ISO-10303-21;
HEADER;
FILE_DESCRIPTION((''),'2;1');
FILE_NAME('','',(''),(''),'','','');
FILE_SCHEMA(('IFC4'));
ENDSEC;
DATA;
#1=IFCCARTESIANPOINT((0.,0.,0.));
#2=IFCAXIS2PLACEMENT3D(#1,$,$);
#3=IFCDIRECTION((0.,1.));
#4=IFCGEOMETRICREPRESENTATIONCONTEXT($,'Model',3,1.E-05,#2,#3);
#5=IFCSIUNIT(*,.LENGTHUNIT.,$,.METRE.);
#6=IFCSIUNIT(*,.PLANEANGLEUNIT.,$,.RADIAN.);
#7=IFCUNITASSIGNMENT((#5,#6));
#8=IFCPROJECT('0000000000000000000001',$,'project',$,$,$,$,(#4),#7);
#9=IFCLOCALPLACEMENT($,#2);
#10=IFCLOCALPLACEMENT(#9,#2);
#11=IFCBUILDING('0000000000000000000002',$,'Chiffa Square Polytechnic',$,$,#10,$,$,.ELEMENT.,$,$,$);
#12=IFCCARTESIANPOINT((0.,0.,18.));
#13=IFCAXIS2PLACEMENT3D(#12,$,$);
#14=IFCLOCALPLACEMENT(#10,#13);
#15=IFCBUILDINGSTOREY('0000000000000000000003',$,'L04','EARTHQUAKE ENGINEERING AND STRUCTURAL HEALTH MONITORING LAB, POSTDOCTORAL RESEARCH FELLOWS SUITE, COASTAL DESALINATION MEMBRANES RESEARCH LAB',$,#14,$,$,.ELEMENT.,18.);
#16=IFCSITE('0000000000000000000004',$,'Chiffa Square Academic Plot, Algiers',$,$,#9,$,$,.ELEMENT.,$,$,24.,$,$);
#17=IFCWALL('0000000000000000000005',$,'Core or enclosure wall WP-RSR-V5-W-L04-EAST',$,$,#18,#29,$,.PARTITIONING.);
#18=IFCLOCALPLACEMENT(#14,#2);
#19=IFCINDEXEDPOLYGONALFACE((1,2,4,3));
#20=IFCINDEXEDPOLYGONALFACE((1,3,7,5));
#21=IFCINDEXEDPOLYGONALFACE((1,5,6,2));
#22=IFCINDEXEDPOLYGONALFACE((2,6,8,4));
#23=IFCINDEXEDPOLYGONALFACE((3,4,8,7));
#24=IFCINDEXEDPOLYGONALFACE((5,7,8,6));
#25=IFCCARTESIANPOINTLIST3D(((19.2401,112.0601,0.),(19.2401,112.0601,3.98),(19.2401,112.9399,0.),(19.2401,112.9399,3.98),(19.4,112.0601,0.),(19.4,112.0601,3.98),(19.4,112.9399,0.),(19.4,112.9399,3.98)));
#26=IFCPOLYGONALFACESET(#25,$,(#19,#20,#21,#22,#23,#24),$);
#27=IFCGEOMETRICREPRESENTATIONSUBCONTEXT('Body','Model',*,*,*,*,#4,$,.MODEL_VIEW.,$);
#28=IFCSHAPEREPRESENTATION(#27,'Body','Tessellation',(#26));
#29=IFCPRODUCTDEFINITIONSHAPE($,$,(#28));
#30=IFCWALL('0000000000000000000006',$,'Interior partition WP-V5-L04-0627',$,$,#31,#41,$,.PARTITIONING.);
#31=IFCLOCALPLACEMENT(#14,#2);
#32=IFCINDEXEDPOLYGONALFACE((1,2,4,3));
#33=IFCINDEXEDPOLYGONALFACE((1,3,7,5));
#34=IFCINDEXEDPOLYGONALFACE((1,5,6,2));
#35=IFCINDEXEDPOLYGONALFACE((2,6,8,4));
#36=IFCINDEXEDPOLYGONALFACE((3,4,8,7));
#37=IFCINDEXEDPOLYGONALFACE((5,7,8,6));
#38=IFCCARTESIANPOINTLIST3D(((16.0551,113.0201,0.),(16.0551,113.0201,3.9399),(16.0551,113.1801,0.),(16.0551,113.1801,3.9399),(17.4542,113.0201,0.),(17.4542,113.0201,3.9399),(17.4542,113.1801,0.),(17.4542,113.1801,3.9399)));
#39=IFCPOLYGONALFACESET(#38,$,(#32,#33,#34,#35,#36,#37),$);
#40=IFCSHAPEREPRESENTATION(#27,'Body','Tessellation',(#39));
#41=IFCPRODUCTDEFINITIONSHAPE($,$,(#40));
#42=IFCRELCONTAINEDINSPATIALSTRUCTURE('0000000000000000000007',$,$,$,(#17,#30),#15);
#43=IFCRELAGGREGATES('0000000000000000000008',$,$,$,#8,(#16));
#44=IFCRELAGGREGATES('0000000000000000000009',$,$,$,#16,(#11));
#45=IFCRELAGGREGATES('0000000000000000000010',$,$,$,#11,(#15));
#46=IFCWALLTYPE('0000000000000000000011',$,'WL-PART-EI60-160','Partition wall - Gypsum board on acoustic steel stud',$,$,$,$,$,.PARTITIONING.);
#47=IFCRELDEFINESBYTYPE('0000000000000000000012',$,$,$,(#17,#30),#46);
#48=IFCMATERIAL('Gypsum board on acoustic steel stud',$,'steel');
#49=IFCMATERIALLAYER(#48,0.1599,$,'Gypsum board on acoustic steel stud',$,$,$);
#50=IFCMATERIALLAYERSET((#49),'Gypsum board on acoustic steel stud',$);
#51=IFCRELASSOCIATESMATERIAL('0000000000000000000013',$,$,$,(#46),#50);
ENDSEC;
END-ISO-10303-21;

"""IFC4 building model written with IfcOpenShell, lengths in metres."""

from ifc_helpers import new_model, si_unit, direction, frame, frame_2d, origin, place, context, subcontext, project, spatial, rectangle, extrude, material, layer, layer_set, type_object, element, save


model = new_model("IFC4")

# Units and contexts
model_context = context("Model", 3, precision=1e-05, world=origin(), true_north=direction((0.0, 1.0)))
body_context = subcontext(model_context, "Body", "Model", "MODEL_VIEW")
ifc_project = project(units=[si_unit("LENGTHUNIT", "METRE"), si_unit("PLANEANGLEUNIT", "RADIAN")], contexts=[model_context])

# Site, building, storey
site_placement = place(None, origin())
site = spatial("IfcSite", under=ifc_project, at=site_placement, Name="Chiffa Square Academic Plot, Algiers", CompositionType="ELEMENT", RefElevation=24.0)
building_placement = place(site_placement, origin())
building = spatial("IfcBuilding", under=site, at=building_placement, Name="Chiffa Square Polytechnic", CompositionType="ELEMENT")
storey_placement = place(building_placement, frame((0.0, 0.0, 18.0)))
storey = spatial("IfcBuildingStorey", under=building, at=storey_placement, Name="L04", Description="EARTHQUAKE ENGINEERING AND STRUCTURAL HEALTH MONITORING LAB, POSTDOCTORAL RESEARCH FELLOWS SUITE, COASTAL DESALINATION MEMBRANES RESEARCH LAB", CompositionType="ELEMENT", Elevation=18.0)

# Shared definitions
ifc_material_1 = material(Name="Gypsum board on acoustic steel stud", Category="steel")
ifc_layer_1 = layer(ifc_material_1, 0.1599, Name="Gypsum board on acoustic steel stud")
ifc_layer_set_1 = layer_set([ifc_layer_1], Name="Gypsum board on acoustic steel stud")
wall_type_1 = type_object("IfcWallType", Name="WL-PART-EI60-160", Description="Partition wall - Gypsum board on acoustic steel stud", PredefinedType="PARTITIONING", material=ifc_layer_set_1)

# Wall
for number, where, z_axis, x_axis, name in (
    (1, (19.3201, 112.0601, 0.0), (0.0, 0.0, 1.0), (0.0, 1.0, 0.0), "Core or enclosure wall WP-RSR-V5-W-L04-EAST"),
):
    element("IfcWall", number, at=place(storey_placement, frame(where, z_axis=z_axis, x_axis=x_axis)), inside=storey, type_object=wall_type_1, Name=name, PredefinedType="PARTITIONING", context=body_context, shape_type="SweptSolid", body=[
        extrude(rectangle(XDim=0.8799, YDim=0.1599, at=frame_2d((0.4399, 0.0))), origin(), (0.0, 0.0, 1.0), 3.98),
    ])

# Wall
wall_1_placement = place(storey_placement, frame((16.0549, 113.1001, 0.0), z_axis=(0.0, 0.0, 1.0), x_axis=(1.0, 0.0, 0.0)))
element("IfcWall", 2, at=wall_1_placement, inside=storey, type_object=wall_type_1, Name="Interior partition WP-V5-L04-0627", PredefinedType="PARTITIONING", context=body_context, shape_type="SweptSolid", body=[
    extrude(rectangle(XDim=1.3992, YDim=0.1599, at=frame_2d((0.6997, 0.0))), origin(), (0.0, 0.0, 1.0), 3.9399),
])

save(model, "model.ifc")
